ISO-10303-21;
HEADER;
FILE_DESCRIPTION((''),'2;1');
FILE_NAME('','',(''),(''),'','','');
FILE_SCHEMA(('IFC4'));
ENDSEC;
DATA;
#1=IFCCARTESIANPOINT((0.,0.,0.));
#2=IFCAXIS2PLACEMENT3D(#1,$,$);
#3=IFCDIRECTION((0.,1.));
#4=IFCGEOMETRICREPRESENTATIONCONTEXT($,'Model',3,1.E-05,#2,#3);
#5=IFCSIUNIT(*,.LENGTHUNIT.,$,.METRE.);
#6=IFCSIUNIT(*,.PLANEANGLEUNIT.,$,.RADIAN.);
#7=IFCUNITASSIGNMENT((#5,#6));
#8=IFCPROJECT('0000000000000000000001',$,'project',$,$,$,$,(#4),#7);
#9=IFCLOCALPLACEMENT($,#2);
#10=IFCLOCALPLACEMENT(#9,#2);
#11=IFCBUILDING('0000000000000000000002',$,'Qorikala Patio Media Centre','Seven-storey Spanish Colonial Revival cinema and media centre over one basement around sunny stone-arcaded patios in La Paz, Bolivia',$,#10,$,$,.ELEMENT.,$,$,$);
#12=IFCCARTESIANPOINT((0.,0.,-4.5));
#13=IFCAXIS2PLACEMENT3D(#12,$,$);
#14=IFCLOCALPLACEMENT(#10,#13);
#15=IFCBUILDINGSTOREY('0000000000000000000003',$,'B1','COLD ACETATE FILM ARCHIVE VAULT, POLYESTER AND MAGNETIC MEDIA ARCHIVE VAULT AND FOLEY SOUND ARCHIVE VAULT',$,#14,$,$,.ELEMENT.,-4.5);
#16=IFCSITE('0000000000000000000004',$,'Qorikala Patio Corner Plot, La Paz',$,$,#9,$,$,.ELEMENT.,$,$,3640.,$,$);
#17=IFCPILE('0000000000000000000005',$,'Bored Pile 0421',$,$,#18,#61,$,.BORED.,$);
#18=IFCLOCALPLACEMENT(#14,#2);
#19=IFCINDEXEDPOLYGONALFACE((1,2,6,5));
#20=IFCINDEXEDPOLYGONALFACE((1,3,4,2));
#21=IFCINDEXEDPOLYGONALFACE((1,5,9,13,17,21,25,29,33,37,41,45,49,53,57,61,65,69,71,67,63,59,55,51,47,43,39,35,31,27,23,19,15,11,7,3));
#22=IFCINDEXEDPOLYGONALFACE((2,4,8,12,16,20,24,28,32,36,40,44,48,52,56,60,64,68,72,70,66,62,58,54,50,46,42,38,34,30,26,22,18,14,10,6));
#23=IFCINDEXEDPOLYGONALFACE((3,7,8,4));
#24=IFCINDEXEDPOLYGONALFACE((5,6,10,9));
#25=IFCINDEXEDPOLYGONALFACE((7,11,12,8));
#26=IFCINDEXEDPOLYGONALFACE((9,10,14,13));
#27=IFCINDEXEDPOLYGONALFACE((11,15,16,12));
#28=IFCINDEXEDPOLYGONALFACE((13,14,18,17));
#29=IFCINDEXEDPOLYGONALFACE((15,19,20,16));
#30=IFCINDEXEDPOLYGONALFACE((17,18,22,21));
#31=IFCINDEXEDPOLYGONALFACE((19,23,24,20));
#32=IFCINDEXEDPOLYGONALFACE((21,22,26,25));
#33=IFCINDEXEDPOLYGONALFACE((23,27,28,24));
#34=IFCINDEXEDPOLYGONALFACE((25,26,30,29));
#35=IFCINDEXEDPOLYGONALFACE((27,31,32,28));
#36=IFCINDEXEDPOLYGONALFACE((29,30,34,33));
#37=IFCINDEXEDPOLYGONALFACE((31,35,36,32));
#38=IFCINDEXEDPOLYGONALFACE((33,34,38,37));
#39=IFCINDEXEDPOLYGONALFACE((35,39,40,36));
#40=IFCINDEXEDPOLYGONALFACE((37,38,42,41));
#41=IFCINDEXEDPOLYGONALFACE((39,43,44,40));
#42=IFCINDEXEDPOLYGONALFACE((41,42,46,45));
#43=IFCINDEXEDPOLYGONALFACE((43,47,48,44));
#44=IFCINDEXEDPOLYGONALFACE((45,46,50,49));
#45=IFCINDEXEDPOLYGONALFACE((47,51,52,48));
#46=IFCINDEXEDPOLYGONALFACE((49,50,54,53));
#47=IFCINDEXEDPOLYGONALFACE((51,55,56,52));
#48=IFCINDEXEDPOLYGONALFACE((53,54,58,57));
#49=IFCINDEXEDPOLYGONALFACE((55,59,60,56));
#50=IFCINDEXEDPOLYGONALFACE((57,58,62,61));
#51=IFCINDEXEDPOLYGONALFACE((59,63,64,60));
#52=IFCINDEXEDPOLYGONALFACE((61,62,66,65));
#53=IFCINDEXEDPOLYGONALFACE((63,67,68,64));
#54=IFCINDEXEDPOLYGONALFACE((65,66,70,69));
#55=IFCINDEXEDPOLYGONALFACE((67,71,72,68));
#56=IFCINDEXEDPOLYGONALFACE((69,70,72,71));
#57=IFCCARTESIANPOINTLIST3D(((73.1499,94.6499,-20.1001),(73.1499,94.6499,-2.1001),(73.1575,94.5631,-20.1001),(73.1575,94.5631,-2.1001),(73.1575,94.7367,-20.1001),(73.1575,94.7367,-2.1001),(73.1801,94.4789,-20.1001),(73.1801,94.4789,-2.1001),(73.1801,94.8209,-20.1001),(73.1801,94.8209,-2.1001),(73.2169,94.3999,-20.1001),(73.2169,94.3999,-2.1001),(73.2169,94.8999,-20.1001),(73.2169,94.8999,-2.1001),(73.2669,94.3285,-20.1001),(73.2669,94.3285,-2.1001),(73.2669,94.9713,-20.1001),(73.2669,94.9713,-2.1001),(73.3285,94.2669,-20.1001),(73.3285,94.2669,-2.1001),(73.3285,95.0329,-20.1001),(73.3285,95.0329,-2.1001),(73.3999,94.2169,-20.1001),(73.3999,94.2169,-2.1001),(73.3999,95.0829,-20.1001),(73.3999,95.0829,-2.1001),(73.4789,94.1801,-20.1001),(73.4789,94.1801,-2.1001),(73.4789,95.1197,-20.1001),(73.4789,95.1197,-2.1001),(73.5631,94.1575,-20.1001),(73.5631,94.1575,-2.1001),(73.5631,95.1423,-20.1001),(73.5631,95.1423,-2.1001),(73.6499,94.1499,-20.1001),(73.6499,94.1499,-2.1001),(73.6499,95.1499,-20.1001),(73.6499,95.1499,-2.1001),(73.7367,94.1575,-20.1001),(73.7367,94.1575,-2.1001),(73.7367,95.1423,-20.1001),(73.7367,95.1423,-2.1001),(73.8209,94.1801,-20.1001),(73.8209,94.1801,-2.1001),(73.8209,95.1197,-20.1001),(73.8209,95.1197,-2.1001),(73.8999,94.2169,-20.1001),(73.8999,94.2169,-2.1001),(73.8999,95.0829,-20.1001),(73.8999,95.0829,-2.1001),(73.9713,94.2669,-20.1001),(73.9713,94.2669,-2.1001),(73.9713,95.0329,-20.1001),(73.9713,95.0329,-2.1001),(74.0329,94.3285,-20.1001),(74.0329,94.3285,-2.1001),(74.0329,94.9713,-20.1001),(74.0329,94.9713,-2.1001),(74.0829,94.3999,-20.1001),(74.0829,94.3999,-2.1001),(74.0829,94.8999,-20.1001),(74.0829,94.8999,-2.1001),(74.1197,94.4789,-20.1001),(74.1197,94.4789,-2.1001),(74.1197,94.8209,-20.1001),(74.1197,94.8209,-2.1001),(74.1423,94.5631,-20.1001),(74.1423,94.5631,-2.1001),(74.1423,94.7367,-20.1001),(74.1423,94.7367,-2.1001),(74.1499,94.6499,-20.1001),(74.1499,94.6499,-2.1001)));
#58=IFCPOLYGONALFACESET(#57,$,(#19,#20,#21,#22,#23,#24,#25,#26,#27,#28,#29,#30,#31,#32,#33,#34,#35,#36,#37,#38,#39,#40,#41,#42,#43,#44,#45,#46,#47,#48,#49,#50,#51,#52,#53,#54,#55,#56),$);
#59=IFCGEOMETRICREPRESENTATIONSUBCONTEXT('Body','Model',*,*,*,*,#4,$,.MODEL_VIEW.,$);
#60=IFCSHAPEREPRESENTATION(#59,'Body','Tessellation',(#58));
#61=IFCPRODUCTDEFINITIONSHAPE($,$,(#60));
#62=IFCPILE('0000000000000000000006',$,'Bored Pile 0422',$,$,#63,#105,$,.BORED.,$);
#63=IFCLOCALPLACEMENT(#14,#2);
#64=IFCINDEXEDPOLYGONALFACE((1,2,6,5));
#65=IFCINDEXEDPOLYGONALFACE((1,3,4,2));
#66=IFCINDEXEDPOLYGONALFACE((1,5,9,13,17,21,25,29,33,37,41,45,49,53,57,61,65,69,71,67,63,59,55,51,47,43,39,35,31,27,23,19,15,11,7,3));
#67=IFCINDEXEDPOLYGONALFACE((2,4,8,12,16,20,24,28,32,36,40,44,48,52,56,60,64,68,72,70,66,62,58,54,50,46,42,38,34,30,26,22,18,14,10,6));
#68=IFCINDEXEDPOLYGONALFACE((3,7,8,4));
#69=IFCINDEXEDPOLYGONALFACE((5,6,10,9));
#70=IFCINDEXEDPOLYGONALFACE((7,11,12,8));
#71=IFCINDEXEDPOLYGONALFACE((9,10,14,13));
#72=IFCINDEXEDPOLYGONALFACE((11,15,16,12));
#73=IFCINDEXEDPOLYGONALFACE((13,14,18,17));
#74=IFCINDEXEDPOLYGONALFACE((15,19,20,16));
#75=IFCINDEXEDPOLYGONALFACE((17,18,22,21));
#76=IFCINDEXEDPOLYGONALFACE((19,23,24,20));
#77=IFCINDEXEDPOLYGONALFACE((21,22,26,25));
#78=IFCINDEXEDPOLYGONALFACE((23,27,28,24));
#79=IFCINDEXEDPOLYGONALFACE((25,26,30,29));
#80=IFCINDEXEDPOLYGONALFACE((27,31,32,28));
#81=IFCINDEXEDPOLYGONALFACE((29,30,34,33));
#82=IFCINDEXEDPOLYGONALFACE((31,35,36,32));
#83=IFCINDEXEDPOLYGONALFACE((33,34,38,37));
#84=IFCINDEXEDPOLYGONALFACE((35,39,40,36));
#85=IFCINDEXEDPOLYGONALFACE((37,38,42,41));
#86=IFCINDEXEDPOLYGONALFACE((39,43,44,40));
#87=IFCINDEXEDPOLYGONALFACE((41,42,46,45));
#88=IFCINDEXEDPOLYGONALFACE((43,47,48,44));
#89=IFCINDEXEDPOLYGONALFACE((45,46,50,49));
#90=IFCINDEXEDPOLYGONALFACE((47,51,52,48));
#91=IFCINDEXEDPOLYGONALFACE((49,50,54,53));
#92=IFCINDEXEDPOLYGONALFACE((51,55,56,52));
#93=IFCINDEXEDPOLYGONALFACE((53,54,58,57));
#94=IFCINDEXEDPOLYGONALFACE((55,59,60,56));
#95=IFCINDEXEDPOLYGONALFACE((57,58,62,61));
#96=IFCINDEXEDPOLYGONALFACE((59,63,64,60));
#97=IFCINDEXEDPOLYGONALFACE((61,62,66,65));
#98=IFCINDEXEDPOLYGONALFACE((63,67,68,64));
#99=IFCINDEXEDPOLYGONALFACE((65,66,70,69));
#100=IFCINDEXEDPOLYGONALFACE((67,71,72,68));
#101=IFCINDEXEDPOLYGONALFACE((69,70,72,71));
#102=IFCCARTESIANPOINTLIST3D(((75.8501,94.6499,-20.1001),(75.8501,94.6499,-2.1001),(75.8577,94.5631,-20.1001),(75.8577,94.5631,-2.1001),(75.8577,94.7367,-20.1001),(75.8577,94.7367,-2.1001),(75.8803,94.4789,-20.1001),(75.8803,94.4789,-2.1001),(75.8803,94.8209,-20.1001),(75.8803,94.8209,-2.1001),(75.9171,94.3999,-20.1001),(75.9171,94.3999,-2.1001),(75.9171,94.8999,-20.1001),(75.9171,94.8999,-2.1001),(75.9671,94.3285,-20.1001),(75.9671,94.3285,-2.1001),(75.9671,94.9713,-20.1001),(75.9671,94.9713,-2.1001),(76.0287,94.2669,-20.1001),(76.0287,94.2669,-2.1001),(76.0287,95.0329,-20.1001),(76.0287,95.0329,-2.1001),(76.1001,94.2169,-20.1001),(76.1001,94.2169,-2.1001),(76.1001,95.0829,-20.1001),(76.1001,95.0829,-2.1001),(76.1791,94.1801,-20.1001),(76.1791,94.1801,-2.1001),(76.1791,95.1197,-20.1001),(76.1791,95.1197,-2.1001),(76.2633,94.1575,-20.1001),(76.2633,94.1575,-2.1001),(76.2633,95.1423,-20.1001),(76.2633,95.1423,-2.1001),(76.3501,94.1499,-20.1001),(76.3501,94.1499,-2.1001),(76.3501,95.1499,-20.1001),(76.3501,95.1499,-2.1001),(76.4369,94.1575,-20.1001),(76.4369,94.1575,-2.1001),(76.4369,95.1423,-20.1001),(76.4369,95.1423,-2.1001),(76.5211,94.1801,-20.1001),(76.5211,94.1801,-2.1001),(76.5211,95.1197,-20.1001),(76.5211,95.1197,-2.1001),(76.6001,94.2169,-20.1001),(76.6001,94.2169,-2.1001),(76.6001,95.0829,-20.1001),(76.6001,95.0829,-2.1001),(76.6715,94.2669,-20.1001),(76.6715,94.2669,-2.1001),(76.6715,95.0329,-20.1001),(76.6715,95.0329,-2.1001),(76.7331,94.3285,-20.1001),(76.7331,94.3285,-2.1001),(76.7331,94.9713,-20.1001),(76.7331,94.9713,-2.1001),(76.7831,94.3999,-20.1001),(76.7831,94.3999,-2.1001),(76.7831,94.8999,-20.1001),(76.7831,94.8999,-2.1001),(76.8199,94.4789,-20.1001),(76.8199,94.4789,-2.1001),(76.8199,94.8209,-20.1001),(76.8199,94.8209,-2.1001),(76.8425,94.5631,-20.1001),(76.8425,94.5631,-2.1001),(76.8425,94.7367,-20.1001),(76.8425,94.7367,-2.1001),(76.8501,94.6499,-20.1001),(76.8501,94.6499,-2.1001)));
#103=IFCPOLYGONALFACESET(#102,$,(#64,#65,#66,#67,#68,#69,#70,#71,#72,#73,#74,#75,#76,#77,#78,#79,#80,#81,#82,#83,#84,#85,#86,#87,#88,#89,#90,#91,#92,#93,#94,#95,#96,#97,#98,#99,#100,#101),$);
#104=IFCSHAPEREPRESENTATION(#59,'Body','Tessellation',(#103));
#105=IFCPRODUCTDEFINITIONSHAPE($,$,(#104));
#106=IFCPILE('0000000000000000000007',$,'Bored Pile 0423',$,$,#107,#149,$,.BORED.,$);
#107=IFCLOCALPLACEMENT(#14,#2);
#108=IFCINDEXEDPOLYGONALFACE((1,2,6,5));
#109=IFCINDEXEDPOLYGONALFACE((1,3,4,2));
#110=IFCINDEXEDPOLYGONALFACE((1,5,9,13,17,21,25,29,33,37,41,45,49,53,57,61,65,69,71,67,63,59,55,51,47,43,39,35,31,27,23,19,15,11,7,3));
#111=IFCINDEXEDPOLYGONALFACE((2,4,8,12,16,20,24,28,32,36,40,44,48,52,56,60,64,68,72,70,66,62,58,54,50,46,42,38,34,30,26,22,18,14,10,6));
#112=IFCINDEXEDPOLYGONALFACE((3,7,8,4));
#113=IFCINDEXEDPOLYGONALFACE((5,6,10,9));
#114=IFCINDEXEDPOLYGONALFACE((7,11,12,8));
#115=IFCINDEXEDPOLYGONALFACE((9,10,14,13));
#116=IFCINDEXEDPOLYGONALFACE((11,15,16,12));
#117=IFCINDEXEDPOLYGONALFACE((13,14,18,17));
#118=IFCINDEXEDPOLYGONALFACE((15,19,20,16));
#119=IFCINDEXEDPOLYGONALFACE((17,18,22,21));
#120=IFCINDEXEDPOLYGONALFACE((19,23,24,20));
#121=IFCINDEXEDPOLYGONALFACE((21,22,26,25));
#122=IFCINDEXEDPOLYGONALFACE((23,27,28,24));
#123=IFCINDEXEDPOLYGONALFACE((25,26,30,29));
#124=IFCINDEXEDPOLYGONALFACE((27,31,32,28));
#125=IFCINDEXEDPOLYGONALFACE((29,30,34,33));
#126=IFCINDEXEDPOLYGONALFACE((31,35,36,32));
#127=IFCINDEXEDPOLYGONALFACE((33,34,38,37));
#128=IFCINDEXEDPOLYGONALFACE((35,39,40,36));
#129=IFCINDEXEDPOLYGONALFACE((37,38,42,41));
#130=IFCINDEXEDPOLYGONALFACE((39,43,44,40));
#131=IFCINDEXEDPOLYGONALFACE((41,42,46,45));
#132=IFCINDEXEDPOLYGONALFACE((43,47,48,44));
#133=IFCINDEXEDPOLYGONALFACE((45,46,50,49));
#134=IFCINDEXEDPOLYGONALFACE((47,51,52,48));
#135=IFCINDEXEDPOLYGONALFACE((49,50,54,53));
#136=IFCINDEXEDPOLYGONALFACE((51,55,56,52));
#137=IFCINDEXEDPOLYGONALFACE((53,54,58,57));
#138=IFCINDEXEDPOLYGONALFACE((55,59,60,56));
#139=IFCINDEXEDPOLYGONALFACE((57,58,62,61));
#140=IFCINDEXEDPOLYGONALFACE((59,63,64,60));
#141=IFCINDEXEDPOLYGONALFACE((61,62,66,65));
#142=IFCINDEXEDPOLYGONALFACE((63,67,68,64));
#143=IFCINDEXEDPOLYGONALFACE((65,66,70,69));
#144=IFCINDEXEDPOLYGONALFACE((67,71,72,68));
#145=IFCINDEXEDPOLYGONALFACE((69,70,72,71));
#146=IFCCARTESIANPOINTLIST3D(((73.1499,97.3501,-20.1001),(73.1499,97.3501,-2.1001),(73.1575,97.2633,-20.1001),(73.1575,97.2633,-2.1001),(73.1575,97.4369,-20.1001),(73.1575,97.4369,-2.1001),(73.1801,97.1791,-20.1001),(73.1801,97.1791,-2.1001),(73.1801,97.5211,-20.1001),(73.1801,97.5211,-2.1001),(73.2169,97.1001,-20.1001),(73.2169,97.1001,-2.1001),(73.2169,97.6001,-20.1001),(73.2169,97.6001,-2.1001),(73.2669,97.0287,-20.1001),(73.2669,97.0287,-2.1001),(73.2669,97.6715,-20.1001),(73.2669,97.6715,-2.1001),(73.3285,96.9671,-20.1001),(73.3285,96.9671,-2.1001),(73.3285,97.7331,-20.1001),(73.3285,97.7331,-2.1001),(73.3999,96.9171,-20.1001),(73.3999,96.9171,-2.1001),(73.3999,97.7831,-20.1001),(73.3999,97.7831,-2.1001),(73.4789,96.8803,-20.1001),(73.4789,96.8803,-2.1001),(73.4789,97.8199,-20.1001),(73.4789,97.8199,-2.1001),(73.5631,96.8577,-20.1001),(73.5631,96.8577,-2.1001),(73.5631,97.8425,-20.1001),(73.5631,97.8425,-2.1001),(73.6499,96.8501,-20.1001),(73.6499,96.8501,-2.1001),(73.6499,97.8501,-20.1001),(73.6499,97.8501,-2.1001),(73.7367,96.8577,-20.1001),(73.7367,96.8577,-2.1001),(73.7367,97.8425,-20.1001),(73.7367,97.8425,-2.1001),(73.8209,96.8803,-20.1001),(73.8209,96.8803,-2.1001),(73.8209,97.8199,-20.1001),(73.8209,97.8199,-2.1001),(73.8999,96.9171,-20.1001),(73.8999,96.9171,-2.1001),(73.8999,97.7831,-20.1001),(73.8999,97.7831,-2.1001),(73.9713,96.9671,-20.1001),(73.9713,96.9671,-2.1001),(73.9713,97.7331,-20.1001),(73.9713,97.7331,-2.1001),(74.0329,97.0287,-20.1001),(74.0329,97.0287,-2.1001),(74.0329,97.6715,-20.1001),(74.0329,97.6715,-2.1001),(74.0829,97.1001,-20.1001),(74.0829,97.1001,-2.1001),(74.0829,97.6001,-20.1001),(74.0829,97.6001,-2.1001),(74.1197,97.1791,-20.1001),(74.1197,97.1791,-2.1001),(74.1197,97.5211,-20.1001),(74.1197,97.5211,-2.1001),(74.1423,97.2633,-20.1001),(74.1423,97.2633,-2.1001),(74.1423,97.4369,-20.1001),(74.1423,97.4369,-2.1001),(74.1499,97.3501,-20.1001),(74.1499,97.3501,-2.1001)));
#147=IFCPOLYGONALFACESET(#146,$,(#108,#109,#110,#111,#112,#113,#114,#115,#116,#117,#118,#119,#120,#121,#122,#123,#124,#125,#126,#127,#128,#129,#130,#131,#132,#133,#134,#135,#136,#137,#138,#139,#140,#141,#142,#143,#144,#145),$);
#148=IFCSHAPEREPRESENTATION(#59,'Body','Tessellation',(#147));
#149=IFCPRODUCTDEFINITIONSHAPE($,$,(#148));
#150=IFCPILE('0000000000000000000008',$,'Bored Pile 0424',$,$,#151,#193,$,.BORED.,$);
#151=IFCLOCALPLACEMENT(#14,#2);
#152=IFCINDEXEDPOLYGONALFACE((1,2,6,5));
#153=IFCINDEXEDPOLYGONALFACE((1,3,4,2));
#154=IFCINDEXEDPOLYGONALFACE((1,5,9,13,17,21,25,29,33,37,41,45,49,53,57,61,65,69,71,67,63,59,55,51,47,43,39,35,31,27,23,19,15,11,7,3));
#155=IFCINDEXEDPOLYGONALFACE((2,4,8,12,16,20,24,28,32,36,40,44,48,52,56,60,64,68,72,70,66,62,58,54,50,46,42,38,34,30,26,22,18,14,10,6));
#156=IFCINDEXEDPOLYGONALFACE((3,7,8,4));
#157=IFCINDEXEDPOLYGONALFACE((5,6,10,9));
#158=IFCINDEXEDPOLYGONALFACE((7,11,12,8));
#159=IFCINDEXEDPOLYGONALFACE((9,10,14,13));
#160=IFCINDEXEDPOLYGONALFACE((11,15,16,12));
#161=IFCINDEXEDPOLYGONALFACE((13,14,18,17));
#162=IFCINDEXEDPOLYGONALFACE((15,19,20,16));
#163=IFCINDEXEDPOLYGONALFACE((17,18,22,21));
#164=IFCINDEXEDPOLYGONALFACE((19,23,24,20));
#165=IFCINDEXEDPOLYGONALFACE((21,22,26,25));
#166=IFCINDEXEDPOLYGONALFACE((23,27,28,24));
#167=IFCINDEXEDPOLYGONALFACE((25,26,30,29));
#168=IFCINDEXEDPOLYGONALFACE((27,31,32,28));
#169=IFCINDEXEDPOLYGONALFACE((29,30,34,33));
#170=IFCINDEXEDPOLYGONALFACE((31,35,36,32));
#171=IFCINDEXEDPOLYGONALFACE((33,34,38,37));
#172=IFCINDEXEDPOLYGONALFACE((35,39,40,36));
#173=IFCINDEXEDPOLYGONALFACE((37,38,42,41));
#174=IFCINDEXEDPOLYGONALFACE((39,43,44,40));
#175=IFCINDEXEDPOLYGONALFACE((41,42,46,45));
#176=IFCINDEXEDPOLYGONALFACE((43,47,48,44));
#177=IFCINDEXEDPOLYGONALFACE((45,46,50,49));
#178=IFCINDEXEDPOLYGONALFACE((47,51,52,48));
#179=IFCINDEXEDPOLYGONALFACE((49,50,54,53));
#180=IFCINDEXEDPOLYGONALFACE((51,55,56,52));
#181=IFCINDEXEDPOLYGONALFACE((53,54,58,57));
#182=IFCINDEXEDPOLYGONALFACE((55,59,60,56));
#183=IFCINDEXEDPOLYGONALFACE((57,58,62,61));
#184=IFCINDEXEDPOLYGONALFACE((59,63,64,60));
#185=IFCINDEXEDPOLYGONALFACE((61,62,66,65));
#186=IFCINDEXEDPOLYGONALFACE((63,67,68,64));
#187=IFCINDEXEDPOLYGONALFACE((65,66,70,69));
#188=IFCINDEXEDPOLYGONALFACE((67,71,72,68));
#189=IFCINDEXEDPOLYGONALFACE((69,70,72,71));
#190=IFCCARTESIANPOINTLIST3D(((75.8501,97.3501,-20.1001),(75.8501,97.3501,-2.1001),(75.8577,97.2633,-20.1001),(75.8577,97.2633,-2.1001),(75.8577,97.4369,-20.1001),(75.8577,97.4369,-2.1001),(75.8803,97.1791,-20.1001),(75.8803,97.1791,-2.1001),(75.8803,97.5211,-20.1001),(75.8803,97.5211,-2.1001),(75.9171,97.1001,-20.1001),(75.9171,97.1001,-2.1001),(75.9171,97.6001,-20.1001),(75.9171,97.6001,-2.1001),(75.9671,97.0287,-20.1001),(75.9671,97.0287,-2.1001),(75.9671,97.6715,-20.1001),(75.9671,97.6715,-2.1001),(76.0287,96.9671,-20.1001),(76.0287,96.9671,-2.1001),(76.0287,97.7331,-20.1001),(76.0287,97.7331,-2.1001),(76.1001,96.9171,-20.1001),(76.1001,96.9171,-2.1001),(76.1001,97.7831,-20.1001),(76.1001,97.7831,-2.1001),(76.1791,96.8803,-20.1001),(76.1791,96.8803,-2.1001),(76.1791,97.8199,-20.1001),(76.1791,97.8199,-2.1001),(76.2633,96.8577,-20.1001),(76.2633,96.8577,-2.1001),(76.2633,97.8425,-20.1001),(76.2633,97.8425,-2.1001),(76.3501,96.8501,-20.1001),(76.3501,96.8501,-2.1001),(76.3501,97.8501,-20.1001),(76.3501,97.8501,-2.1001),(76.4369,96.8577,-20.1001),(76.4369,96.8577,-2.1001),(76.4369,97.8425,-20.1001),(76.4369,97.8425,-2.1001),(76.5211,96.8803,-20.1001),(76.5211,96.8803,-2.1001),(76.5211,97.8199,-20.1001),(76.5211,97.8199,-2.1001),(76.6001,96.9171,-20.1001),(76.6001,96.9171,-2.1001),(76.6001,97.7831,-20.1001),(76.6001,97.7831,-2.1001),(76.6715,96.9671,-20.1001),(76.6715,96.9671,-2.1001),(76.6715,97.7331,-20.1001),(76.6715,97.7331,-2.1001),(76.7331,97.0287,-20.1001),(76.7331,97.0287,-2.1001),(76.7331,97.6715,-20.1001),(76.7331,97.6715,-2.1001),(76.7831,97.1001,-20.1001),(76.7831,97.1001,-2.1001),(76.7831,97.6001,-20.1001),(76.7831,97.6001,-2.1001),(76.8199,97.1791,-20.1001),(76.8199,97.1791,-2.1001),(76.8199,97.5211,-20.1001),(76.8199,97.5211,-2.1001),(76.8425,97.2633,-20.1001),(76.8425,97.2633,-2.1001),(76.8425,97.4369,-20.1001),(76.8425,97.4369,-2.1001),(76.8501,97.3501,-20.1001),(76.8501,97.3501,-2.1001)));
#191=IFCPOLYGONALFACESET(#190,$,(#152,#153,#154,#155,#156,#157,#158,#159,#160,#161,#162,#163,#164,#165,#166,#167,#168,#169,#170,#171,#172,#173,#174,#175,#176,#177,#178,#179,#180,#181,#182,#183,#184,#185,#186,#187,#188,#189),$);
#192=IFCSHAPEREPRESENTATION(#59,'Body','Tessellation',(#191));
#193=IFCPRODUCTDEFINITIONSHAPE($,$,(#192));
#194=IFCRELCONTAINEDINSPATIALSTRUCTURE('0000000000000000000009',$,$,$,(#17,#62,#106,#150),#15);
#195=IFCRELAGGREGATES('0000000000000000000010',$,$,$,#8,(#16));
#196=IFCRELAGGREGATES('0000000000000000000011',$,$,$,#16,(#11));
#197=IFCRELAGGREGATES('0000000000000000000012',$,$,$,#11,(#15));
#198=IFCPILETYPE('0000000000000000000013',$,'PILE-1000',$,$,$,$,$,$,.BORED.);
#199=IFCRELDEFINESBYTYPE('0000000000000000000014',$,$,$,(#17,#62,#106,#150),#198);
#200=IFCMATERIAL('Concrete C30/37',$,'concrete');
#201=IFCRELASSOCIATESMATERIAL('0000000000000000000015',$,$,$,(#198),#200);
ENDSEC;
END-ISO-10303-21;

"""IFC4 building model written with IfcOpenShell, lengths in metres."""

from ifc_helpers import new_model, si_unit, direction, frame, origin, origin_2d, place, context, subcontext, project, spatial, circle, extrude, material, material_profile, profile_set, type_object, element, save


model = new_model("IFC4")

# Units and contexts
model_context = context("Model", 3, precision=1e-05, world=origin(), true_north=direction((0.0, 1.0)))
body_context = subcontext(model_context, "Body", "Model", "MODEL_VIEW")
ifc_project = project(units=[si_unit("LENGTHUNIT", "METRE"), si_unit("PLANEANGLEUNIT", "RADIAN")], contexts=[model_context])

# Site, building, storey
site_placement = place(None, origin())
site = spatial("IfcSite", under=ifc_project, at=site_placement, Name="Qorikala Patio Corner Plot, La Paz", CompositionType="ELEMENT", RefElevation=3640.0)
building_placement = place(site_placement, origin())
building = spatial("IfcBuilding", under=site, at=building_placement, Name="Qorikala Patio Media Centre", Description="Seven-storey Spanish Colonial Revival cinema and media centre over one basement around sunny stone-arcaded patios in La Paz, Bolivia", CompositionType="ELEMENT")
storey_placement = place(building_placement, frame((0.0, 0.0, -4.5)))
storey = spatial("IfcBuildingStorey", under=building, at=storey_placement, Name="B1", Description="COLD ACETATE FILM ARCHIVE VAULT, POLYESTER AND MAGNETIC MEDIA ARCHIVE VAULT AND FOLEY SOUND ARCHIVE VAULT", CompositionType="ELEMENT", Elevation=-4.5)

# Shared definitions
ifc_material_1 = material(Name="Concrete C30/37", Category="concrete")

# Piles
ifc_material_profile_1 = material_profile(ifc_material_1, circle(Radius=0.5, at=origin_2d()), Name="BORED PILE 1000")
ifc_profile_set_1 = profile_set([ifc_material_profile_1], Name="Concrete C30/37")
pile_type_1 = type_object("IfcPileType", Name="PILE-1000", PredefinedType="BORED", material=ifc_profile_set_1)
for number, where, z_axis, x_axis, name in (
    (1, (73.6499, 94.6499, -2.1001), (0.0, 0.0, -1.0), (1.0, 0.0, 0.0), "Bored Pile 0421"),
    (2, (76.3501, 94.6499, -2.1001), (0.0, 0.0, -1.0), (1.0, 0.0, 0.0), "Bored Pile 0422"),
    (3, (73.6499, 97.3501, -2.1001), (0.0, 0.0, -1.0), (1.0, 0.0, 0.0), "Bored Pile 0423"),
    (4, (76.3501, 97.3501, -2.1001), (0.0, 0.0, -1.0), (1.0, 0.0, 0.0), "Bored Pile 0424"),
):
    element("IfcPile", number, at=place(storey_placement, frame(where, z_axis=z_axis, x_axis=x_axis)), inside=storey, type_object=pile_type_1, Name=name, PredefinedType="BORED", context=body_context, shape_type="SweptSolid", body=[
        extrude(circle(Radius=0.5, at=origin_2d()), origin(), (0.0, 0.0, 1.0), 18.0),
    ])

save(model, "model.ifc")
